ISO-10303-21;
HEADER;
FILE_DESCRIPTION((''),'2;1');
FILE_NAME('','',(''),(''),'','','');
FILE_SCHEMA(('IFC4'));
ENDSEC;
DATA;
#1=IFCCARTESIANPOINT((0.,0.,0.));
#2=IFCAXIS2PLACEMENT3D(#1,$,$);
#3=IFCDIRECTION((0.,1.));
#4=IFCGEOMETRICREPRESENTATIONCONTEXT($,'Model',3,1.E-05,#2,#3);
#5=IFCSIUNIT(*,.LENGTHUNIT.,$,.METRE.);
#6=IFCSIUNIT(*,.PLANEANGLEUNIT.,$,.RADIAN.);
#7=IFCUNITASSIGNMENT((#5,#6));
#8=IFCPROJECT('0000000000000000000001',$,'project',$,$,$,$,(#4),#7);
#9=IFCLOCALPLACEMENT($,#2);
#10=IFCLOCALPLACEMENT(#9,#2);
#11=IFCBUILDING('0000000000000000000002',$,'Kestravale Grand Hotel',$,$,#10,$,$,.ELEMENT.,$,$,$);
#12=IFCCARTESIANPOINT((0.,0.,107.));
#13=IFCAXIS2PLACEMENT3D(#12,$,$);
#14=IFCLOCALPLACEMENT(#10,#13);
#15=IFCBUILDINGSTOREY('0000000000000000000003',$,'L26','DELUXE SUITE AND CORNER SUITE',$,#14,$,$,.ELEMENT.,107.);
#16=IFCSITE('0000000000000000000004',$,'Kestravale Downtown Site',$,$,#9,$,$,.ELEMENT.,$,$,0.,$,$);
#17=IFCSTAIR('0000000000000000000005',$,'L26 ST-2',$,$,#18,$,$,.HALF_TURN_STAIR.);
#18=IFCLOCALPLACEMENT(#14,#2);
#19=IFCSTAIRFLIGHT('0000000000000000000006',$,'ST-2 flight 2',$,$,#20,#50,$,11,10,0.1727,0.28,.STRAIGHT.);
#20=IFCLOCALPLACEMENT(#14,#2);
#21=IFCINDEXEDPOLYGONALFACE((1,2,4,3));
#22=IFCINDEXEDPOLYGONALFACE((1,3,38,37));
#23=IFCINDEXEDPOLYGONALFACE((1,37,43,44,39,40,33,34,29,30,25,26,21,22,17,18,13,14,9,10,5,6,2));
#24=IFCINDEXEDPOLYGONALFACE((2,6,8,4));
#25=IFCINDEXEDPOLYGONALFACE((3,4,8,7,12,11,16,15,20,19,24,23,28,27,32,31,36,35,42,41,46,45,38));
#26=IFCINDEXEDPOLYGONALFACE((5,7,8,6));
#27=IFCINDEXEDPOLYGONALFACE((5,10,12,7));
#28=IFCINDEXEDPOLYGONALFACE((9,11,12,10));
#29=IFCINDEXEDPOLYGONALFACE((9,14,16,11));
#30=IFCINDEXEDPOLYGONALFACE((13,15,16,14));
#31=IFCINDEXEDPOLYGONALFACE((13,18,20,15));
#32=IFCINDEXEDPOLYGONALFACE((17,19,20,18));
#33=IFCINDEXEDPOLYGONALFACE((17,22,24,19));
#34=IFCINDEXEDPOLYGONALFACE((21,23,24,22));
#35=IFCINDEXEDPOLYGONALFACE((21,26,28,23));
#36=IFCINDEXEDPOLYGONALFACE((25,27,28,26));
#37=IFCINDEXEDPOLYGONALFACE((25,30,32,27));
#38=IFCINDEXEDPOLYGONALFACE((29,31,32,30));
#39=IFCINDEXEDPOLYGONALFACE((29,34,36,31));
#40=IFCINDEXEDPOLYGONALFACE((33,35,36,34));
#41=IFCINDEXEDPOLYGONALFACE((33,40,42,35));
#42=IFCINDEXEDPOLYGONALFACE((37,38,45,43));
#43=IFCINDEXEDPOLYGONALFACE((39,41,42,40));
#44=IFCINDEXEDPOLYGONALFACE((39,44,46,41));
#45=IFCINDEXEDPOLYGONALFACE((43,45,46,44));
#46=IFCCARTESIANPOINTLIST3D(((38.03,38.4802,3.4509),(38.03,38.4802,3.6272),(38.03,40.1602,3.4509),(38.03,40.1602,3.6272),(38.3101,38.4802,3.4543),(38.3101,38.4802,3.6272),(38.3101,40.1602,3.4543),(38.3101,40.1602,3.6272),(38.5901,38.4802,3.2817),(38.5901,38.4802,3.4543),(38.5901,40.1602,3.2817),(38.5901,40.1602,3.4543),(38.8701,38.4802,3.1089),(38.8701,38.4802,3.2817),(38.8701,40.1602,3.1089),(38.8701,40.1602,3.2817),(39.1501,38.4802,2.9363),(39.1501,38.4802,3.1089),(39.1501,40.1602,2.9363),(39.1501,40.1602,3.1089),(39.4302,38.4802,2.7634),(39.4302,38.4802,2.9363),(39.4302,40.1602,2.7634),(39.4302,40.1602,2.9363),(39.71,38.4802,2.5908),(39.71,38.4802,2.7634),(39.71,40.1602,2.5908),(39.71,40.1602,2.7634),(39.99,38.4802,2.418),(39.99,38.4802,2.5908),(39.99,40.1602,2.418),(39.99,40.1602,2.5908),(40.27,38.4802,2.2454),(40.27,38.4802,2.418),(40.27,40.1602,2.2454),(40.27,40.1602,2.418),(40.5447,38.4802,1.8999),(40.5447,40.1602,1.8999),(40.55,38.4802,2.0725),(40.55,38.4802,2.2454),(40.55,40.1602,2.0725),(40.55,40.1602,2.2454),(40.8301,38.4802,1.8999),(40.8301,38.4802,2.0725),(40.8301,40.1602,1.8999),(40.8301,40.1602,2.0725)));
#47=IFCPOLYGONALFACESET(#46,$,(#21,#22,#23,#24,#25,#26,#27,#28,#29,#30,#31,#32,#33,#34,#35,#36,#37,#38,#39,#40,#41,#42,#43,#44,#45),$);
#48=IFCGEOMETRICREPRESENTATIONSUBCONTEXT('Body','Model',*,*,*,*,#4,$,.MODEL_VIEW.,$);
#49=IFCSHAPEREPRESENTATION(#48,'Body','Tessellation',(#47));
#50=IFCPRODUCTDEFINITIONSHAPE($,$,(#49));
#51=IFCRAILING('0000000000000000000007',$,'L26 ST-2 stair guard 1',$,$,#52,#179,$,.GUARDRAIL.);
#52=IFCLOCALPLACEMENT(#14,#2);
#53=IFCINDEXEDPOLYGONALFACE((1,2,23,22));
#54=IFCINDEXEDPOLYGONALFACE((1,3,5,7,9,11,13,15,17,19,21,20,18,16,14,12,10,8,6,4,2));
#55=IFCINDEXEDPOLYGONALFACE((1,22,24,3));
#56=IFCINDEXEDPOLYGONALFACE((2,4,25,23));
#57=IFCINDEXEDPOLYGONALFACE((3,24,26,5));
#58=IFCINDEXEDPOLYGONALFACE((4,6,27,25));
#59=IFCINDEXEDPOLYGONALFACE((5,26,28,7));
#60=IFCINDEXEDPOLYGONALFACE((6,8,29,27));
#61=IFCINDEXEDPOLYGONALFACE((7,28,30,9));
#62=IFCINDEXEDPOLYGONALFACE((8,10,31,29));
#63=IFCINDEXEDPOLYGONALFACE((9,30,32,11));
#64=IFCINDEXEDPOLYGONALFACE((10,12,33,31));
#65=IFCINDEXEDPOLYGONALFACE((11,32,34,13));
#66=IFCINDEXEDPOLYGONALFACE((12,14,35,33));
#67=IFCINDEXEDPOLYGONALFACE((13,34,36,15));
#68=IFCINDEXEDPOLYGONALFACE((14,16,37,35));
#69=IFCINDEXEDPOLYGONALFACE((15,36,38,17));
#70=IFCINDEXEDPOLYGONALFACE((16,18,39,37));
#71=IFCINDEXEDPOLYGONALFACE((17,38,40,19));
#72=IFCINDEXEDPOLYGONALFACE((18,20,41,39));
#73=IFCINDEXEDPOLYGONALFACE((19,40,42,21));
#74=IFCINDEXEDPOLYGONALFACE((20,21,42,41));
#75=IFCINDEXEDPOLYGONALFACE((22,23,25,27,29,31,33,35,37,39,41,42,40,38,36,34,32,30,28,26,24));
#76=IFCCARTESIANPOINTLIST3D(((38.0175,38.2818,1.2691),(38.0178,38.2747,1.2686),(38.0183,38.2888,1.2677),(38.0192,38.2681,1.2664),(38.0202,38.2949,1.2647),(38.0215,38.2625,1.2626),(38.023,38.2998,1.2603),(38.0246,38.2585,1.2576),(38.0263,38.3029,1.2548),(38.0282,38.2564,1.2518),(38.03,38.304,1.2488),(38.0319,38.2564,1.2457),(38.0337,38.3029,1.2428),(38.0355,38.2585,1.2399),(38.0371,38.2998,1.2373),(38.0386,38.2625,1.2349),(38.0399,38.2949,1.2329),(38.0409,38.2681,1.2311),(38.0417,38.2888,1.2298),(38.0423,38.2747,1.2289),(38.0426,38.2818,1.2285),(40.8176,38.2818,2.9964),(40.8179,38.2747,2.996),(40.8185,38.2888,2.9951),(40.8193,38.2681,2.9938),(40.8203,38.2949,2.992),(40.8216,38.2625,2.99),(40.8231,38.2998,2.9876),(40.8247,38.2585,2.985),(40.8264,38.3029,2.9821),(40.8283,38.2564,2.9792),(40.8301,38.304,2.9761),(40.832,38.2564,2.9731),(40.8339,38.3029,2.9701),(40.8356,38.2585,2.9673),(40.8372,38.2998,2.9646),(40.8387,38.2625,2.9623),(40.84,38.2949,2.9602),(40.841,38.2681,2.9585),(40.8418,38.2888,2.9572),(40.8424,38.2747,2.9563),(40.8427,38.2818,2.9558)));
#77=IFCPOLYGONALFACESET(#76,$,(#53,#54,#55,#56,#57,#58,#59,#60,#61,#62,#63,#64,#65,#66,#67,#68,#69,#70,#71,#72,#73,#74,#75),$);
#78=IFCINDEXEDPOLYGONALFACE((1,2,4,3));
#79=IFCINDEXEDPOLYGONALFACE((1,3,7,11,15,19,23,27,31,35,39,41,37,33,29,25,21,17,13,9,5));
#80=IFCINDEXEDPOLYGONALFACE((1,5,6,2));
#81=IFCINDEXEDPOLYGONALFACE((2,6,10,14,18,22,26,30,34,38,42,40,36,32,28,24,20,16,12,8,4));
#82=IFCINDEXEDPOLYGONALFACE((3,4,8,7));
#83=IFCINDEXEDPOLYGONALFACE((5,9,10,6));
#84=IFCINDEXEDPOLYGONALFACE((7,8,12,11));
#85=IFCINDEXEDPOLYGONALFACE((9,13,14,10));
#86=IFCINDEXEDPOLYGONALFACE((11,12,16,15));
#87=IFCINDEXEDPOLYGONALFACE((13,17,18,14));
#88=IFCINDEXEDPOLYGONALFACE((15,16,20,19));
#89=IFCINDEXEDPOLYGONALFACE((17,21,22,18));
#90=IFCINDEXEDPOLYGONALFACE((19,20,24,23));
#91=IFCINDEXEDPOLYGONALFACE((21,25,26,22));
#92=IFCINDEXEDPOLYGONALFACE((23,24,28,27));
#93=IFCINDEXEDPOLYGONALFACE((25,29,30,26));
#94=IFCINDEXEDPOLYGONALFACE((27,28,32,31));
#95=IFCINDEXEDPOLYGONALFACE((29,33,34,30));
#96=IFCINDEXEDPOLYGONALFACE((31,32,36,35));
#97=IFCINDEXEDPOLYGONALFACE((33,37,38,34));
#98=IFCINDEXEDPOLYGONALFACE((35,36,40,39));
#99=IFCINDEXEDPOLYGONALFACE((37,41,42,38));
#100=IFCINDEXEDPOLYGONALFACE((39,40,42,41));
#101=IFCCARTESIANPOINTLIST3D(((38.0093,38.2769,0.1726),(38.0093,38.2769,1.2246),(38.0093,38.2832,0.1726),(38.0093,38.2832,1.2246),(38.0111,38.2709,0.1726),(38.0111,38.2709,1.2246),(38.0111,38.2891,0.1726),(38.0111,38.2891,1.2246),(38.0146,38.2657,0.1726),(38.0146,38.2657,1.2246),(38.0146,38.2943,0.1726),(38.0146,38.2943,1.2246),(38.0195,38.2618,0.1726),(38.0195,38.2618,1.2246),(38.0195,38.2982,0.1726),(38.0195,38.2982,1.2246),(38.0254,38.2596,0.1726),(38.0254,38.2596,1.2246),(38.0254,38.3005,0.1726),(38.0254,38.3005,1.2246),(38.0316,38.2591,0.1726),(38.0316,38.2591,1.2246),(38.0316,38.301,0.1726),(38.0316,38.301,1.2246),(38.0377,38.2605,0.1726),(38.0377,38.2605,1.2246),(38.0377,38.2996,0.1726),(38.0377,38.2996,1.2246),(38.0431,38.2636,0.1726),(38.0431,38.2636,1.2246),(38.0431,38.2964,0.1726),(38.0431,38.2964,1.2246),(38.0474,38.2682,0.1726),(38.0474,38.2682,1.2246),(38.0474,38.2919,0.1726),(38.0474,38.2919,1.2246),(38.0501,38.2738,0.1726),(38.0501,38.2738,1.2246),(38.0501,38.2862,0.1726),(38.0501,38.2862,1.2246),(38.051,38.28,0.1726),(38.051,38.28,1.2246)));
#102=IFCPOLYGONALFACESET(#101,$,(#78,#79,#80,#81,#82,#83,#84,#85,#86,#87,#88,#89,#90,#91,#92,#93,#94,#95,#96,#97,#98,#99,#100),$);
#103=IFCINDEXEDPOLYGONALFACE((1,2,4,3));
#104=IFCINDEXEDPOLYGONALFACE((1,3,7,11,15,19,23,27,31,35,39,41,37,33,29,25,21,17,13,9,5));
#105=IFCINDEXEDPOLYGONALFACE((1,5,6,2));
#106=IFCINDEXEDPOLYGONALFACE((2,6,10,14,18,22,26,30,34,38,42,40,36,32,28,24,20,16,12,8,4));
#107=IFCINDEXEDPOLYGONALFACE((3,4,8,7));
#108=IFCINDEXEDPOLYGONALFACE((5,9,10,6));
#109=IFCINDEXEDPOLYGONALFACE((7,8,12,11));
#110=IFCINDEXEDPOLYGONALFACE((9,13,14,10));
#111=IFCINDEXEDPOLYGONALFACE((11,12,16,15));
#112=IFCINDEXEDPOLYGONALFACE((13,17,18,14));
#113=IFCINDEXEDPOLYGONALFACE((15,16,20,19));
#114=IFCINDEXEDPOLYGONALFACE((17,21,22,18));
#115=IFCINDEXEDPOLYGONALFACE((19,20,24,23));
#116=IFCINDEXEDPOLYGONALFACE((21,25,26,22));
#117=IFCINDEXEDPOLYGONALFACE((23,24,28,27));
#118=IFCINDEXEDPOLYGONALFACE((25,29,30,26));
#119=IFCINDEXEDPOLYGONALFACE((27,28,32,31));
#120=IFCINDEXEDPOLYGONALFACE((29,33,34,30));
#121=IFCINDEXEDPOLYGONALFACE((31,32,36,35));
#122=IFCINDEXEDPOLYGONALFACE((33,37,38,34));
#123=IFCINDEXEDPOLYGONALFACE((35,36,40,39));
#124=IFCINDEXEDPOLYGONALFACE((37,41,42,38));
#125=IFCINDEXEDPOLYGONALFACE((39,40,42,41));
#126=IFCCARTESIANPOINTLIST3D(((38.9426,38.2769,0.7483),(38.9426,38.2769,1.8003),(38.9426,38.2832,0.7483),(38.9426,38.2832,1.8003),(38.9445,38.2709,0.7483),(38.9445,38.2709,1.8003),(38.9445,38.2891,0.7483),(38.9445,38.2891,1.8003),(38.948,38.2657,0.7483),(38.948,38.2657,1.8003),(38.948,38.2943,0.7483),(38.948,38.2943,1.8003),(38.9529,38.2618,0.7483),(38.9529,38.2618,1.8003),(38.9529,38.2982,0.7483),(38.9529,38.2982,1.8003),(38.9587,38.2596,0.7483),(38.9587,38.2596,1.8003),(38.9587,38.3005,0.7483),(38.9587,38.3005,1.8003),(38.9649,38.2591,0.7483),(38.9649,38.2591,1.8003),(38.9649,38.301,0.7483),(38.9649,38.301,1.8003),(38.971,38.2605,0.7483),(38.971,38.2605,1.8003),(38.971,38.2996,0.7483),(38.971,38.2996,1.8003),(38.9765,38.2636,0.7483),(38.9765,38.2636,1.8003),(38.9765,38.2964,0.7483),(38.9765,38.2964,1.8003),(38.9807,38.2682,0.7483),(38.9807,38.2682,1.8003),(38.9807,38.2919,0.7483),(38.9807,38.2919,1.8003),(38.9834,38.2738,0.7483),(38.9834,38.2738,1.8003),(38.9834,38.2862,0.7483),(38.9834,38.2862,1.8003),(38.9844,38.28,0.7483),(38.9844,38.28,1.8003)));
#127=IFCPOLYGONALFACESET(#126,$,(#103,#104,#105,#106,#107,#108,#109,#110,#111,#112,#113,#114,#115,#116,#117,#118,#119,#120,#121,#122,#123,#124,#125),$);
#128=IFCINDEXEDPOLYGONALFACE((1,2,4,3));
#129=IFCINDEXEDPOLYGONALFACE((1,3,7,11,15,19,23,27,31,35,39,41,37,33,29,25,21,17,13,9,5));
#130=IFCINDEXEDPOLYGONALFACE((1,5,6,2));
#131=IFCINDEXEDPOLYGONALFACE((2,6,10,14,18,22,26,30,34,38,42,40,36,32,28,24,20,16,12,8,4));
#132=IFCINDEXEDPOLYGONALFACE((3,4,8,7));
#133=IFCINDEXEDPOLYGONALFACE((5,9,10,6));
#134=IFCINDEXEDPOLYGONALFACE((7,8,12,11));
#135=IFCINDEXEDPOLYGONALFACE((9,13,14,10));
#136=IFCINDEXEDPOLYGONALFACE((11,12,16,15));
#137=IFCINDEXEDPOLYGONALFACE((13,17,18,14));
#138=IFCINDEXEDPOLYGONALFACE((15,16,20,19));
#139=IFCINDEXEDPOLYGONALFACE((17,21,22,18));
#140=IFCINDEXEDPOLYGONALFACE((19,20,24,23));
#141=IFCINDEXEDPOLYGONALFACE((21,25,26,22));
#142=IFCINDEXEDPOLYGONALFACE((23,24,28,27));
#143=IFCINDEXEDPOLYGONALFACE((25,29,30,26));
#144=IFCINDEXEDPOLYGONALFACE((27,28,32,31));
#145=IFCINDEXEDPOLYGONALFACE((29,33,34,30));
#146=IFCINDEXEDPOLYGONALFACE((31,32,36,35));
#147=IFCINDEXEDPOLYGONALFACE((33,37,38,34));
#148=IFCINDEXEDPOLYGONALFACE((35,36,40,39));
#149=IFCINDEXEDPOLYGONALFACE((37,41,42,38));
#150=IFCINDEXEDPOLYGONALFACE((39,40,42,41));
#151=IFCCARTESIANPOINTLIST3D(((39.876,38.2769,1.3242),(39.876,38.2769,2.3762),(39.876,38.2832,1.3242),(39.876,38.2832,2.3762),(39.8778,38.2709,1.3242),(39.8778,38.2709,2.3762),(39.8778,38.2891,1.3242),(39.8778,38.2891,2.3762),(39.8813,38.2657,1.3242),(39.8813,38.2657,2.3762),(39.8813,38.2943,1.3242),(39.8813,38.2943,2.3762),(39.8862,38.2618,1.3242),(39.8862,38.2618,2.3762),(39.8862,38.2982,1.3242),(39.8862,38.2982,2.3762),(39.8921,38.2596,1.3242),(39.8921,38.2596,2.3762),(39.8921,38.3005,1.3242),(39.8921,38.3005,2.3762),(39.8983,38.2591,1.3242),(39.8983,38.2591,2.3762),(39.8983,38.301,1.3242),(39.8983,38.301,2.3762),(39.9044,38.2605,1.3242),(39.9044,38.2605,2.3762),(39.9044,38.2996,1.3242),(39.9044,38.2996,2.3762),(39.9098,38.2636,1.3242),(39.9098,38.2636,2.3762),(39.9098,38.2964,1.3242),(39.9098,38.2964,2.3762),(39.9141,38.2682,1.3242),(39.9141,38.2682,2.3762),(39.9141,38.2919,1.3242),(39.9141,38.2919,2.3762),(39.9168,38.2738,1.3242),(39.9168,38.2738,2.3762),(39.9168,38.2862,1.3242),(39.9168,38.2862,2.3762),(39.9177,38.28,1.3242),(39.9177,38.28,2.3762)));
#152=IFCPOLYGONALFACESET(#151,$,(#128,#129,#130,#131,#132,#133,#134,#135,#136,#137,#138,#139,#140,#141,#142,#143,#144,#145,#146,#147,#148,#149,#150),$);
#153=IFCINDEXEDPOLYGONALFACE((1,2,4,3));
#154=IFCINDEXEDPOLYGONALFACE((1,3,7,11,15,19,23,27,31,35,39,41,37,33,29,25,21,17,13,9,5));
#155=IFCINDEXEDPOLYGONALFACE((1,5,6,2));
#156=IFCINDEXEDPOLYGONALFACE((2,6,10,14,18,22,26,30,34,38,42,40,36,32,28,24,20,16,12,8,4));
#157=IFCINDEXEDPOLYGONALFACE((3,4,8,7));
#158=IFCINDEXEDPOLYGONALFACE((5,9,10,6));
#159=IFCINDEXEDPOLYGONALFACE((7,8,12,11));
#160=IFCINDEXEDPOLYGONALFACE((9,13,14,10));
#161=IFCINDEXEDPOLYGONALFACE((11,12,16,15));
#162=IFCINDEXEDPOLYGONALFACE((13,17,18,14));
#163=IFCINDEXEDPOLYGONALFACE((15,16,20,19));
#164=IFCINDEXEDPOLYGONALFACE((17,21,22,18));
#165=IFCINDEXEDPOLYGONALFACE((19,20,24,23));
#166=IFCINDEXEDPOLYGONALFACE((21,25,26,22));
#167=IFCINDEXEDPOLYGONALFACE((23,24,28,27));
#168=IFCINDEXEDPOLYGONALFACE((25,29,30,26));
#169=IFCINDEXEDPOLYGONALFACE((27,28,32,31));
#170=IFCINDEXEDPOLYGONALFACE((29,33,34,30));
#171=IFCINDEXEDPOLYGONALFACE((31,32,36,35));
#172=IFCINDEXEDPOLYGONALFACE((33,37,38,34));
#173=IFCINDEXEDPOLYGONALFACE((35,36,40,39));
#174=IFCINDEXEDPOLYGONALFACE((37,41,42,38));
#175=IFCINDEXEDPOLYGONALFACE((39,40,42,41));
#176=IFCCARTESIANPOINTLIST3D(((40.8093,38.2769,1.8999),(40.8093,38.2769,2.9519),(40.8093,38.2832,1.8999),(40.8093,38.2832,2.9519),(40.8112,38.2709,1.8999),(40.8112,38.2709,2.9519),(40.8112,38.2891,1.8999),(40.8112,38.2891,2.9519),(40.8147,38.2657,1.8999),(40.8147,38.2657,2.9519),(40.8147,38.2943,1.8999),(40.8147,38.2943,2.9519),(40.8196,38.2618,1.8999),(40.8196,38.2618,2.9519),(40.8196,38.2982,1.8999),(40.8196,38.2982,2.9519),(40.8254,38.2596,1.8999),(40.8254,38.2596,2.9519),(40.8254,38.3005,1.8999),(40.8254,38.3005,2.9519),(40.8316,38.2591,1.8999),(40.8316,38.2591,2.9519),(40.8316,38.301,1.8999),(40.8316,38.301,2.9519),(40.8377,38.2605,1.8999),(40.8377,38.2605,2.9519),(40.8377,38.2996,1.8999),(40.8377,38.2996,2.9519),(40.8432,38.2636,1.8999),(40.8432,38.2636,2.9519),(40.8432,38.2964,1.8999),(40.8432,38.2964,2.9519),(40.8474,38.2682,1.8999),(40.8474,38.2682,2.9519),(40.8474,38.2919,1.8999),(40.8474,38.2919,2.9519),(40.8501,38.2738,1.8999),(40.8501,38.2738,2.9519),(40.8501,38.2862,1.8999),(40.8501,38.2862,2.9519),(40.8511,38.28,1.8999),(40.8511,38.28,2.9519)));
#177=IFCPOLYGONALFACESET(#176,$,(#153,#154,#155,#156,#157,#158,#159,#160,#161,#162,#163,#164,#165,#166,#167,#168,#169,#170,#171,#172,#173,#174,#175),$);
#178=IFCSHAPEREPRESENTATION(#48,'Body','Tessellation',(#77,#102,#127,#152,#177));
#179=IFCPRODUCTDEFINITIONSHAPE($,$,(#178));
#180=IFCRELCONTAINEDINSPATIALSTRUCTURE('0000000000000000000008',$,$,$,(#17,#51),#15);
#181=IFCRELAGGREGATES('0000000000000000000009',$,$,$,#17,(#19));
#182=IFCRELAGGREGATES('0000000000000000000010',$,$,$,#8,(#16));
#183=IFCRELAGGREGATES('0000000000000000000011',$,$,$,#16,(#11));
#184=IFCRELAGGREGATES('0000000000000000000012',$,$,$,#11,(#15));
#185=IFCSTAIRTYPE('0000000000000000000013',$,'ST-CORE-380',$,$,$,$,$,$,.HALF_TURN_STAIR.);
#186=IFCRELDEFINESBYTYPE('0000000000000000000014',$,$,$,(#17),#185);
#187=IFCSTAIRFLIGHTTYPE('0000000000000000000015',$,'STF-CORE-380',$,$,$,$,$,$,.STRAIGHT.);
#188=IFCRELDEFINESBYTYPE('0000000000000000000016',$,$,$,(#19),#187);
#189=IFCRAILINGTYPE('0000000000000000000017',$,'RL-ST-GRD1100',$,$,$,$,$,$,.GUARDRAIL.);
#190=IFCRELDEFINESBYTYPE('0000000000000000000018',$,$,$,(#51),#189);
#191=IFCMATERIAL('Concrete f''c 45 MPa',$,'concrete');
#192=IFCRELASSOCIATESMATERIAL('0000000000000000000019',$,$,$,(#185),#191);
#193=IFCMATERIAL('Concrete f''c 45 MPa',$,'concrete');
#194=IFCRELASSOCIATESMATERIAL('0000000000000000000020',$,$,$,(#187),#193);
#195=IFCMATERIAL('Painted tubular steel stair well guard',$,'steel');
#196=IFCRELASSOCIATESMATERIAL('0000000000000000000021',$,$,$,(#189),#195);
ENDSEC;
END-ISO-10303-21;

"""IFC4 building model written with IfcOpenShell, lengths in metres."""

from ifc_helpers import new_model, si_unit, direction, frame, origin, origin_2d, place, context, subcontext, project, spatial, polyline, circle, outline, extrude, material, type_object, element, aggregate, save


model = new_model("IFC4")

# Units and contexts
model_context = context("Model", 3, precision=1e-05, world=origin(), true_north=direction((0.0, 1.0)))
body_context = subcontext(model_context, "Body", "Model", "MODEL_VIEW")
ifc_project = project(units=[si_unit("LENGTHUNIT", "METRE"), si_unit("PLANEANGLEUNIT", "RADIAN")], contexts=[model_context])

# Site, building, storey
site_placement = place(None, origin())
site = spatial("IfcSite", under=ifc_project, at=site_placement, Name="Kestravale Downtown Site", CompositionType="ELEMENT", RefElevation=0.0)
building_placement = place(site_placement, origin())
building = spatial("IfcBuilding", under=site, at=building_placement, Name="Kestravale Grand Hotel", CompositionType="ELEMENT")
storey_placement = place(building_placement, frame((0.0, 0.0, 107.0)))
storey = spatial("IfcBuildingStorey", under=building, at=storey_placement, Name="L26", Description="DELUXE SUITE AND CORNER SUITE", CompositionType="ELEMENT", Elevation=107.0)

# Stair, stair flight
ifc_material_1 = material(Name="Concrete f'c 45 MPa", Category="concrete")
stair_type = type_object("IfcStairType", Name="ST-CORE-380", PredefinedType="HALF_TURN_STAIR", material=ifc_material_1)
stair_placement = place(storey_placement, origin())
stair = element("IfcStair", 1, at=stair_placement, inside=storey, type_object=stair_type, Name="L26 ST-2", PredefinedType="HALF_TURN_STAIR")
ifc_material_2 = material(Name="Concrete f'c 45 MPa", Category="concrete")
stair_flight_type = type_object("IfcStairFlightType", Name="STF-CORE-380", PredefinedType="STRAIGHT", material=ifc_material_2)
stair_flight_1_placement = place(storey_placement, frame((40.8301, 39.3201, 1.8999), z_axis=(0.0, 0.0, 1.0), x_axis=(-1.0, 0.0, 0.0)))
stair_flight_1 = element("IfcStairFlight", 2, at=stair_flight_1_placement, type_object=stair_flight_type, Name="ST-2 flight 2", NumberOfRisers=11, NumberOfTreads=10, PredefinedType="STRAIGHT", RiserHeight=0.1727, TreadLength=0.28, context=body_context, shape_type="SweptSolid", body=[
    extrude(outline(polyline([(0.0, 0.0), (0.0, 0.1726), (0.28, 0.1726), (0.28, 0.3455), (0.5601, 0.3455), (0.5601, 0.5181), (0.8401, 0.5181), (0.8401, 0.6909), (1.1201, 0.6909), (1.1201, 0.8635), (1.3999, 0.8635), (1.3999, 1.0364), (1.6799, 1.0364), (1.6799, 1.209), (1.96, 1.209), (1.96, 1.3818), (2.24, 1.3818), (2.24, 1.5544), (2.52, 1.5544), (2.52, 1.7273), (2.8, 1.7273), (2.8, 1.8999), (2.8, 1.551), (0.2854, 0.0), (0.0, 0.0)])), frame((0.0, 0.8398, 0.0), z_axis=(0.0, -1.0, 0.0), x_axis=(1.0, 0.0, 0.0)), (0.0, 0.0, 1.0), 1.6799),
])
aggregate(stair, [stair_flight_1])

# Railing
ifc_material_3 = material(Name="Painted tubular steel stair well guard", Category="steel")
railing_type_1 = type_object("IfcRailingType", Name="RL-ST-GRD1100", PredefinedType="GUARDRAIL", material=ifc_material_3)
railing_1_placement = place(storey_placement, frame((38.03, 38.28, 0.1726)))
element("IfcRailing", 3, at=railing_1_placement, inside=storey, type_object=railing_type_1, Name="L26 ST-2 stair guard 1", PredefinedType="GUARDRAIL", context=body_context, shape_type="SweptSolid", body=[
    extrude(circle(Radius=0.0239, at=origin_2d()), frame((0.0, 0.0, 1.0762), z_axis=(0.85109, 0.0, 0.52502), x_axis=(0.0, 1.0, 0.0)), (0.0, 0.0, 1.0), 3.29),
    extrude(circle(Radius=0.021, at=origin_2d()), origin(), (0.0, 0.0, 1.0), 1.052),
    extrude(circle(Radius=0.021, at=origin_2d()), frame((0.9333, 0.0, 0.5757)), (0.0, 0.0, 1.0), 1.052),
    extrude(circle(Radius=0.021, at=origin_2d()), frame((1.8667, 0.0, 1.1516)), (0.0, 0.0, 1.0), 1.052),
    extrude(circle(Radius=0.021, at=origin_2d()), frame((2.8, 0.0, 1.7273)), (0.0, 0.0, 1.0), 1.052),
])

save(model, "model.ifc")
